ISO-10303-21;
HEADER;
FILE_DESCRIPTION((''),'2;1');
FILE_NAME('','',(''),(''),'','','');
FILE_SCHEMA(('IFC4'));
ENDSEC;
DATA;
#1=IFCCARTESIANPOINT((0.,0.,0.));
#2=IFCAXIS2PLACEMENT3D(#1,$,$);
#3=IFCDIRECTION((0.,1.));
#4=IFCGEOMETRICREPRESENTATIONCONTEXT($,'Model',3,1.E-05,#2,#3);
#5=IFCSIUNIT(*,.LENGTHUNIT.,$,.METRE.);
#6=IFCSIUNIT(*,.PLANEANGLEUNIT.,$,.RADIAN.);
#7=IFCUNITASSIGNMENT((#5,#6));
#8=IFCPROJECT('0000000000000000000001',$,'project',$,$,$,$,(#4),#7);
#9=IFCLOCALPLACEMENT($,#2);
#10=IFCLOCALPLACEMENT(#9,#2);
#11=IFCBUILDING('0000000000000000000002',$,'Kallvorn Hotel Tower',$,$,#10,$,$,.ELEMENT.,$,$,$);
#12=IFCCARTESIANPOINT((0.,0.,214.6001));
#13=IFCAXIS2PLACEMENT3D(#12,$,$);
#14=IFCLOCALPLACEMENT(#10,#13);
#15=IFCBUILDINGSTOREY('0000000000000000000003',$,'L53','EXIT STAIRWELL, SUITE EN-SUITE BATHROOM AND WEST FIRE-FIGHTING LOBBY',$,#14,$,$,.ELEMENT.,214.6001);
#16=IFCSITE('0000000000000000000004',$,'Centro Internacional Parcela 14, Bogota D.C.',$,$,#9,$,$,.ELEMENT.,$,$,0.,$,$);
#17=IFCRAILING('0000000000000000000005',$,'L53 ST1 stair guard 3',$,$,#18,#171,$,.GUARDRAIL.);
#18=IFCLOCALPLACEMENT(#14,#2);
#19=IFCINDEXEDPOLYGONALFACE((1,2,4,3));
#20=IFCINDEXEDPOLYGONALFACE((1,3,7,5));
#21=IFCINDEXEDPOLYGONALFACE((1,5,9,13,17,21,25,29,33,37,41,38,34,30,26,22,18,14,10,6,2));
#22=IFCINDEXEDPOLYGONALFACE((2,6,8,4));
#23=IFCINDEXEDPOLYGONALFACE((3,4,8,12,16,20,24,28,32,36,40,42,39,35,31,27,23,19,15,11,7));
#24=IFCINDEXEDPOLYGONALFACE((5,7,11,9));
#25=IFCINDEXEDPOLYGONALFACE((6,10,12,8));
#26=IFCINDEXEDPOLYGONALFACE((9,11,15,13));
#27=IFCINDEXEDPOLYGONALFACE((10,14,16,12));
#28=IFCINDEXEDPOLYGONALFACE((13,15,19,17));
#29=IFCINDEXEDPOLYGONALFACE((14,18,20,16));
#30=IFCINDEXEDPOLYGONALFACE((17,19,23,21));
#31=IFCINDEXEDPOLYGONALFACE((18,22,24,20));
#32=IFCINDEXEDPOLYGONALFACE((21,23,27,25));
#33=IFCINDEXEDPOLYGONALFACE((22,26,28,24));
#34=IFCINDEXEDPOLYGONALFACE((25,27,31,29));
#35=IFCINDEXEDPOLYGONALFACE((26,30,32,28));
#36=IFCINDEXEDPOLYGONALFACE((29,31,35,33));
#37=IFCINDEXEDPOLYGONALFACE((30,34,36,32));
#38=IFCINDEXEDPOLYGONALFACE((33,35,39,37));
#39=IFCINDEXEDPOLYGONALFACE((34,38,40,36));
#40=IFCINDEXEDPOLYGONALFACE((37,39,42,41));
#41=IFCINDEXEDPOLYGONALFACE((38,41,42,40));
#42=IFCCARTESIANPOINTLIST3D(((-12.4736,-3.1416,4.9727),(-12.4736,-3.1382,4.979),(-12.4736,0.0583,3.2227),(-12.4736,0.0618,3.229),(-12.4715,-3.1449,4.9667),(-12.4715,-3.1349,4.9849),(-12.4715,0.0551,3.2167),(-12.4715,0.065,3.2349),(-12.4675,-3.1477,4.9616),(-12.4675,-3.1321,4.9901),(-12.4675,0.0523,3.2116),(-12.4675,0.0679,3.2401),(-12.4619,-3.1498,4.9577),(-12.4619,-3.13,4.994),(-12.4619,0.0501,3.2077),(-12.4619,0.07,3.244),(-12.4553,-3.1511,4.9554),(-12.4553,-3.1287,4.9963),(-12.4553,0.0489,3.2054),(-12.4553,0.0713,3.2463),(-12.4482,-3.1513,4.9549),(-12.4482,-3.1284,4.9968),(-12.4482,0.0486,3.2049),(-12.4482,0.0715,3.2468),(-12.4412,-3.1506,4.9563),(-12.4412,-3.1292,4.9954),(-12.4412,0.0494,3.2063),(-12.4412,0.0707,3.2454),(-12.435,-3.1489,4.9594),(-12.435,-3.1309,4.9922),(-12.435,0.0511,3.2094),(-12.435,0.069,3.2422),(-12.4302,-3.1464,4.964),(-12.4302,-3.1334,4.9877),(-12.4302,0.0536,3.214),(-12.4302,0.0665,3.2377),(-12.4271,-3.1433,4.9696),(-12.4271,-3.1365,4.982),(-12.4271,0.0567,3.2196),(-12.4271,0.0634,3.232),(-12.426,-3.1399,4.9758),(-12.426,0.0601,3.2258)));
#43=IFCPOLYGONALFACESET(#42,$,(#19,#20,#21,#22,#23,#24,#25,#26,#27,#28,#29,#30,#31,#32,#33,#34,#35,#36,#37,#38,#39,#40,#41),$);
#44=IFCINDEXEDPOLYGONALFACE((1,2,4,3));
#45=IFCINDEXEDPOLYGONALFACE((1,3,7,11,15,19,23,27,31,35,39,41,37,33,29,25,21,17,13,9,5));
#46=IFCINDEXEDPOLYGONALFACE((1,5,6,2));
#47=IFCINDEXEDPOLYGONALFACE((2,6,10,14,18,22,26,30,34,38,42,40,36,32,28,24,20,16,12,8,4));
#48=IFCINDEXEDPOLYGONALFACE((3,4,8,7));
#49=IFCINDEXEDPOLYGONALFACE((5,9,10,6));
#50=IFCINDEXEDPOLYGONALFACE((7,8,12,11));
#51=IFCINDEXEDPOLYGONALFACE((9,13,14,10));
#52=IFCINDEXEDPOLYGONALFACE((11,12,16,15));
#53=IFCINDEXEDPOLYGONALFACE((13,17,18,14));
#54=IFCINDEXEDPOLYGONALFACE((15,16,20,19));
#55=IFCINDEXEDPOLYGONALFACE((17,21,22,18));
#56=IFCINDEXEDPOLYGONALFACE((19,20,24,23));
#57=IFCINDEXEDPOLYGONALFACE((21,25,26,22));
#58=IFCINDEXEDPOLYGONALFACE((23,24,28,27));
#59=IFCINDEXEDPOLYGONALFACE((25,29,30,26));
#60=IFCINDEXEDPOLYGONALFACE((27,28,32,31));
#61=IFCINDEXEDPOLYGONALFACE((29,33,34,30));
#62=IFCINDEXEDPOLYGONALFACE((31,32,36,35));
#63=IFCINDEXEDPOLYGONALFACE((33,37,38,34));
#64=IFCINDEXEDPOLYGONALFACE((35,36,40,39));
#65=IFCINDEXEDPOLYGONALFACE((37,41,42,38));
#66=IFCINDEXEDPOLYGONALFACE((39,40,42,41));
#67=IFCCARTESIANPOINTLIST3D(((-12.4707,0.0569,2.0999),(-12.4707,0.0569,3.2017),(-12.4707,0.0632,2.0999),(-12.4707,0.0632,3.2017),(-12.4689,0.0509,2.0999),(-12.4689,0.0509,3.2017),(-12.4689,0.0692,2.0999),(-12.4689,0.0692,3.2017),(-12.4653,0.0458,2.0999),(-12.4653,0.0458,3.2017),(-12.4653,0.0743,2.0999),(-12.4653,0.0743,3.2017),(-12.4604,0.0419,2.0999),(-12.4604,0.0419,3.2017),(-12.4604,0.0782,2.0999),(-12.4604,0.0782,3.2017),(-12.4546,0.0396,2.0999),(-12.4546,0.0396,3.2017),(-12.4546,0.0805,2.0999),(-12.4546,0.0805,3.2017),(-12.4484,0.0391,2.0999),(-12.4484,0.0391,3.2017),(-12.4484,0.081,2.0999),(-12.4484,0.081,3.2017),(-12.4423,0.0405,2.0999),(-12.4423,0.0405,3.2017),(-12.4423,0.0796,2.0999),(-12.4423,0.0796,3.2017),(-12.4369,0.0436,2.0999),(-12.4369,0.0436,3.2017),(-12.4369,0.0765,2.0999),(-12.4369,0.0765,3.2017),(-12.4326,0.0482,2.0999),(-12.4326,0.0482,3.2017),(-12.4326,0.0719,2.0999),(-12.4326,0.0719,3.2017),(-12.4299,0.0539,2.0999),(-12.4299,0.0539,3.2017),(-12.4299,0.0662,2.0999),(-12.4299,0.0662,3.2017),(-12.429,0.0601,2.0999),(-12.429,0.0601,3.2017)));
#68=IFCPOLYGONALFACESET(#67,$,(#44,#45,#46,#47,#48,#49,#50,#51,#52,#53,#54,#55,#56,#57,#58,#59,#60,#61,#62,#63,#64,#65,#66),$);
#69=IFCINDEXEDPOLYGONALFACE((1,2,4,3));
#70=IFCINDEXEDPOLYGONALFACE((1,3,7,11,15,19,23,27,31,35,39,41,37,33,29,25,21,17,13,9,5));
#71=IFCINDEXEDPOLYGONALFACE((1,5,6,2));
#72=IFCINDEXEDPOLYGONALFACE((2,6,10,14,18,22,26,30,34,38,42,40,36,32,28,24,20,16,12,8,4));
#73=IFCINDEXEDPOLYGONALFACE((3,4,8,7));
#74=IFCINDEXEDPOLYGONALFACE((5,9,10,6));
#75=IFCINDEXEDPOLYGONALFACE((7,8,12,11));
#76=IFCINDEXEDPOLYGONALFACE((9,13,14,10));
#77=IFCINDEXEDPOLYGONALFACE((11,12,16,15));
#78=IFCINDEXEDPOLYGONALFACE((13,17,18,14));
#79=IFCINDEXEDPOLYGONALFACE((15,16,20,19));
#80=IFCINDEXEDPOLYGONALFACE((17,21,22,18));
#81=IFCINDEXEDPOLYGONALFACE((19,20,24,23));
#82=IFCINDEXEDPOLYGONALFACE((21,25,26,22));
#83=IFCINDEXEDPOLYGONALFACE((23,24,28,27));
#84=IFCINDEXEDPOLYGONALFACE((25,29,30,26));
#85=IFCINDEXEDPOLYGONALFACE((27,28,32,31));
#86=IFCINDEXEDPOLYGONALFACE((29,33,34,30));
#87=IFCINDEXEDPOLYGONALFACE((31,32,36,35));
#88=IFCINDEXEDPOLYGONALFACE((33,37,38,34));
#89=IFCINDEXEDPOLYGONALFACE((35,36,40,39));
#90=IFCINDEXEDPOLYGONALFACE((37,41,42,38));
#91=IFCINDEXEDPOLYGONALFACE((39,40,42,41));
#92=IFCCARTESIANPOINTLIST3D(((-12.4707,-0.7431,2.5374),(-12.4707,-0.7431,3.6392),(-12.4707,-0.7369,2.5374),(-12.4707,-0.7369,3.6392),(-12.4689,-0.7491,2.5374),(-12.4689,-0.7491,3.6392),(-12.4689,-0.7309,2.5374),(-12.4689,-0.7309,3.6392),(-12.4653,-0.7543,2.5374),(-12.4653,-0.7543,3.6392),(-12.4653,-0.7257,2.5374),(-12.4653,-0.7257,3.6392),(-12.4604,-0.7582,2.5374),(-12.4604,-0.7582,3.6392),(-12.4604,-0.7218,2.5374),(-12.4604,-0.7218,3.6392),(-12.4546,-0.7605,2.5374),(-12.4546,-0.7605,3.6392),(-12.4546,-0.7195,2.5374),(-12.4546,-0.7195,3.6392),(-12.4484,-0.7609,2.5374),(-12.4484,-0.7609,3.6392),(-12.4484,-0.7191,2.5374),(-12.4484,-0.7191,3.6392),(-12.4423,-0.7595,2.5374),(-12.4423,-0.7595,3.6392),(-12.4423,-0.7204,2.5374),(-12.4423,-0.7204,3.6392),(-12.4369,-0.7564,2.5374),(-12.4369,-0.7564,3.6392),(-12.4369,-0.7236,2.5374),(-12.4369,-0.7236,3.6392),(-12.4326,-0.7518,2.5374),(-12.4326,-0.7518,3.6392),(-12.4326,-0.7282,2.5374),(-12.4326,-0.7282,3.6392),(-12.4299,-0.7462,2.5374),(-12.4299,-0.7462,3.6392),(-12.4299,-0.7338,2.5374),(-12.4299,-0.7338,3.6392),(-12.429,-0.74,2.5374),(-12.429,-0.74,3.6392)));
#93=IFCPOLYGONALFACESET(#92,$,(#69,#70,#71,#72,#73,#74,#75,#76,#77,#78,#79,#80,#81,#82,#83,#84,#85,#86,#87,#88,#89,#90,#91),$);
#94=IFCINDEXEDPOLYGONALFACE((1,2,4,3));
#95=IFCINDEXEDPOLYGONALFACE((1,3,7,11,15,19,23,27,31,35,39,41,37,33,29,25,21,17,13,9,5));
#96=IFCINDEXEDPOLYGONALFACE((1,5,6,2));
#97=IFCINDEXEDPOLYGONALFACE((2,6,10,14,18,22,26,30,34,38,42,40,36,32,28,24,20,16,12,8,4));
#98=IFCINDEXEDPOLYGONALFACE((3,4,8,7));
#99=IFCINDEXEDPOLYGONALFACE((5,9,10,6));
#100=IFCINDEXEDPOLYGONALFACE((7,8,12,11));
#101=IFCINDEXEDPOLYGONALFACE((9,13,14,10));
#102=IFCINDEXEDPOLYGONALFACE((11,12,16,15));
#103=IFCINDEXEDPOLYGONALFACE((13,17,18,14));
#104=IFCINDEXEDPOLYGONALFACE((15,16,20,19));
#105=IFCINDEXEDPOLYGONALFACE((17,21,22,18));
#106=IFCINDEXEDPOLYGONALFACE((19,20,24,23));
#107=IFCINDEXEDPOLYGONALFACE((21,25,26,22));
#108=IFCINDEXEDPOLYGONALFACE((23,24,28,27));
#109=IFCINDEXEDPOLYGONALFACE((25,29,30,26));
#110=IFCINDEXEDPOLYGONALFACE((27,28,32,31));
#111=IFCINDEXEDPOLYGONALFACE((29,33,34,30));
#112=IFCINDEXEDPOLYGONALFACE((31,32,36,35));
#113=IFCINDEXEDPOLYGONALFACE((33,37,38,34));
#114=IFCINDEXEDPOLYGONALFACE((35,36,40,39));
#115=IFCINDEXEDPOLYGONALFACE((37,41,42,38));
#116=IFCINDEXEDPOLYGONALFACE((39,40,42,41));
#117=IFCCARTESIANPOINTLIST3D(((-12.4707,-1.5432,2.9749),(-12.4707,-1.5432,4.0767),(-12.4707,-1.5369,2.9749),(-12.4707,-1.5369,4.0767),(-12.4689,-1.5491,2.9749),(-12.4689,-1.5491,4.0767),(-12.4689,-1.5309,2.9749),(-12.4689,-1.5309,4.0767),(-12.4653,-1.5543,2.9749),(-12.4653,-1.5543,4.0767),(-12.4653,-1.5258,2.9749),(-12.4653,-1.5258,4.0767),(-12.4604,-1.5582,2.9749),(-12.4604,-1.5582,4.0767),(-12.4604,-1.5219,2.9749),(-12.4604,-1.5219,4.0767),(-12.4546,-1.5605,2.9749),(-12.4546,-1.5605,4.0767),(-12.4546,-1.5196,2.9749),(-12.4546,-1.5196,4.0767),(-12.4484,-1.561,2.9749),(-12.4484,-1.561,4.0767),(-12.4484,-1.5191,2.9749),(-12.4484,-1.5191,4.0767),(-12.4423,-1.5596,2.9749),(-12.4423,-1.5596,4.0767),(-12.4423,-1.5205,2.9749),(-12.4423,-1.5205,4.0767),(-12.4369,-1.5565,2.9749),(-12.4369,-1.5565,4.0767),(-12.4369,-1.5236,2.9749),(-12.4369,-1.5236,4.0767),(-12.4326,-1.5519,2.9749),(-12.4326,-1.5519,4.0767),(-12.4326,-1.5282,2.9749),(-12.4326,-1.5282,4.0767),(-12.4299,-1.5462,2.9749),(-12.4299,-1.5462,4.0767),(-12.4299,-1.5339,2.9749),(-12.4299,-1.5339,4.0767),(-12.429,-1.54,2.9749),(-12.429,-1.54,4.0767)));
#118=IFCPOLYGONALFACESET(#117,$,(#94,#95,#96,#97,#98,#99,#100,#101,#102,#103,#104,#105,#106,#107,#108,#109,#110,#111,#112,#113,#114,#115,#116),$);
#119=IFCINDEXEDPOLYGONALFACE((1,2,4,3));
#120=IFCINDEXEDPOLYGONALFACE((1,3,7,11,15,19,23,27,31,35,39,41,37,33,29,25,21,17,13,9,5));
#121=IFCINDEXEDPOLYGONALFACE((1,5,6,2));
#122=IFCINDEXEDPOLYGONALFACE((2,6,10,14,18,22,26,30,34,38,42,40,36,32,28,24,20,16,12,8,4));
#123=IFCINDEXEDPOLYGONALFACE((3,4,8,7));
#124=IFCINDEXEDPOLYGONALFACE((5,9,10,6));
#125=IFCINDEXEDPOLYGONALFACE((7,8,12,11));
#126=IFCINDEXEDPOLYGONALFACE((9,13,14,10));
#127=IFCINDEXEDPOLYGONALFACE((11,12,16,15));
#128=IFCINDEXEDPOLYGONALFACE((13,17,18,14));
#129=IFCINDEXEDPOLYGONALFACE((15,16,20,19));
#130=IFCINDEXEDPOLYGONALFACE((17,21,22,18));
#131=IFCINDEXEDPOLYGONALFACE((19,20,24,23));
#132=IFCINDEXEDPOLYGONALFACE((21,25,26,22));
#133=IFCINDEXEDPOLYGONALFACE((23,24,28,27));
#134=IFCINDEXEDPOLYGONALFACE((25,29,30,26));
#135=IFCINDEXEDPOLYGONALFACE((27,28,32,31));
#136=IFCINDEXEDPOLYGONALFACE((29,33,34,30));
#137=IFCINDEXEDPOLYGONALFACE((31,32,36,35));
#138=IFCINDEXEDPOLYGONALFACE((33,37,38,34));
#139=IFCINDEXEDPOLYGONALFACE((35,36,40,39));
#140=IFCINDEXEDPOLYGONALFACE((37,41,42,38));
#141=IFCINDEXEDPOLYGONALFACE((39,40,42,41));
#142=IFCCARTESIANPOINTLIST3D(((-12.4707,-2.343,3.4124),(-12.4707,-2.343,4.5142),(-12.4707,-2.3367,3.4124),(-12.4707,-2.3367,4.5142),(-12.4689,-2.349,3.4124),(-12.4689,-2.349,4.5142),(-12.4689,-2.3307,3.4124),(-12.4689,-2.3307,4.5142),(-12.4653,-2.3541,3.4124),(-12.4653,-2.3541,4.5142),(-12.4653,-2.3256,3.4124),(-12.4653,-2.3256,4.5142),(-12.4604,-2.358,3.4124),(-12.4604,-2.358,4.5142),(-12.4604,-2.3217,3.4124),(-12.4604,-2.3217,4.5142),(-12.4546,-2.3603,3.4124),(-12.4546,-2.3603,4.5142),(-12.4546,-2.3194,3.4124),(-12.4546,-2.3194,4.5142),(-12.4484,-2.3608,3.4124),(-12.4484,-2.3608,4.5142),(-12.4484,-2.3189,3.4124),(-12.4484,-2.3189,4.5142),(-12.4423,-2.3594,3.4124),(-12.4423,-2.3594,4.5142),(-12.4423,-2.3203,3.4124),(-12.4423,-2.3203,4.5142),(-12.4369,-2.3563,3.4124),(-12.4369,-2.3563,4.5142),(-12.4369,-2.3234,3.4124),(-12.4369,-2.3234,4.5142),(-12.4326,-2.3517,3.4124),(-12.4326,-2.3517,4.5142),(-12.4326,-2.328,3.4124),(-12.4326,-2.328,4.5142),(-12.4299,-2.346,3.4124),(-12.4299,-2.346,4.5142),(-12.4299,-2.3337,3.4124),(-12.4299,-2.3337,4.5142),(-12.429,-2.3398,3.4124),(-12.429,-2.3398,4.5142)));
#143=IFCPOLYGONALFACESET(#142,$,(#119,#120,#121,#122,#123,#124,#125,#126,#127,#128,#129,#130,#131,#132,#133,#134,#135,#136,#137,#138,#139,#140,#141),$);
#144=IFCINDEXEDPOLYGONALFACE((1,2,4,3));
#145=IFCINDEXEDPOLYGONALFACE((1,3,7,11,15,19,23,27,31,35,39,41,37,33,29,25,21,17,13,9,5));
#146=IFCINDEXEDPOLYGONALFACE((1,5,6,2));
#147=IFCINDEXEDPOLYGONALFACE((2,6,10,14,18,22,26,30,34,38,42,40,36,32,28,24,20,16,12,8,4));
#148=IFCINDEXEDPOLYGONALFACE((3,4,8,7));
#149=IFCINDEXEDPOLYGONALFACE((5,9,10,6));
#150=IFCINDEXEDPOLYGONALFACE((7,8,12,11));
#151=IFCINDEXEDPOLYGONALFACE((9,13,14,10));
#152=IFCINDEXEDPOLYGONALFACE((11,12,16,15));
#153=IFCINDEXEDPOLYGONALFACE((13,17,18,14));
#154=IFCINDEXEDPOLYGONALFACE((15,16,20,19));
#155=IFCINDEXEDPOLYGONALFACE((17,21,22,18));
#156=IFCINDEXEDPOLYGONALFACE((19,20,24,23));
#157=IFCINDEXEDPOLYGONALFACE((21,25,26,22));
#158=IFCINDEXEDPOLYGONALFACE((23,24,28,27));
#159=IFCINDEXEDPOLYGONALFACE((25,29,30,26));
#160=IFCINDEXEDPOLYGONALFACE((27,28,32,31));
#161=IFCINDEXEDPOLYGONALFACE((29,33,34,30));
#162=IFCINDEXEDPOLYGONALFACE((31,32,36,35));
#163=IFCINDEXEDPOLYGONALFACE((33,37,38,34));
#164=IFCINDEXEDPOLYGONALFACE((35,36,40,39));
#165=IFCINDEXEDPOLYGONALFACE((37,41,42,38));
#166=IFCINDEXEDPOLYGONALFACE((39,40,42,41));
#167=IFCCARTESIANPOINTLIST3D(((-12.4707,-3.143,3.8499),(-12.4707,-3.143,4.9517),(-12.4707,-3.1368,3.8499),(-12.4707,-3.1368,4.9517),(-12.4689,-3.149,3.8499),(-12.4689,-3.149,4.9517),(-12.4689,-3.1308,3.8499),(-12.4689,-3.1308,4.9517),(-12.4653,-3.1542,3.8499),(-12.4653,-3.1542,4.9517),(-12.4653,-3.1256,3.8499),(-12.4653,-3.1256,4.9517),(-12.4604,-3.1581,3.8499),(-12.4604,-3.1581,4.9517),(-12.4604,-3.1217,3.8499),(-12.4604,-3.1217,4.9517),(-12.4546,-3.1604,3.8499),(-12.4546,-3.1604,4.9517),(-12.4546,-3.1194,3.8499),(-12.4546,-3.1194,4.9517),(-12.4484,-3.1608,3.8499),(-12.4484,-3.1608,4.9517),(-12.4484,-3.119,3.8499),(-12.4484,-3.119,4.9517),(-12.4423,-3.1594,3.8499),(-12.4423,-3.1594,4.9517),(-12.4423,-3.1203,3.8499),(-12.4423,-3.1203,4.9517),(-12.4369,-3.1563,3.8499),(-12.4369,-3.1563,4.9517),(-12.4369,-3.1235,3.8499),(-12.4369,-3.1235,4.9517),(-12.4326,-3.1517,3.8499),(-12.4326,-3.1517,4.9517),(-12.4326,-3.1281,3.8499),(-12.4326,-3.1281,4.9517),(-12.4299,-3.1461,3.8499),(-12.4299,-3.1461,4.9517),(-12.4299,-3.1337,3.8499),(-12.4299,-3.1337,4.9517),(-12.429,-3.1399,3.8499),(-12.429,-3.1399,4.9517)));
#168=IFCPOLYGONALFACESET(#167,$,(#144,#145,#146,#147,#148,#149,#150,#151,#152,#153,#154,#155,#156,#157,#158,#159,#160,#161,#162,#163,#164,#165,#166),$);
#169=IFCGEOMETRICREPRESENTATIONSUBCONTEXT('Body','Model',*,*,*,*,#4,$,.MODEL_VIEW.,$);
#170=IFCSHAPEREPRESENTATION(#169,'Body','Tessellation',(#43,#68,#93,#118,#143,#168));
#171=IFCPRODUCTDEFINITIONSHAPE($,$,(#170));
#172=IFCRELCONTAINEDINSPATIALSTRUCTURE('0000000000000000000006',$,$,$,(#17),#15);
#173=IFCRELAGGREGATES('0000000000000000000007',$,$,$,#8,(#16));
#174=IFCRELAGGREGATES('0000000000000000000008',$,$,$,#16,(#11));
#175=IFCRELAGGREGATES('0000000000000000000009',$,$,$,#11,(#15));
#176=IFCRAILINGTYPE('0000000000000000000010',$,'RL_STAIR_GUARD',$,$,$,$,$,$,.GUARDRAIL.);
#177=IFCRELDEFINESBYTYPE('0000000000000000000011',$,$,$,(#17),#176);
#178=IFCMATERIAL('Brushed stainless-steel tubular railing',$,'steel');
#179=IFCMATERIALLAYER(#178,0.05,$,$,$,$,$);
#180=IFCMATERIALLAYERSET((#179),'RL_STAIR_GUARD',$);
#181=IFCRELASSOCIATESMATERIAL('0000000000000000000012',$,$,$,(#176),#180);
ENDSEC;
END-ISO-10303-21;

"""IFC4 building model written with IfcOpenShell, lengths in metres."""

from ifc_helpers import new_model, si_unit, direction, frame, origin, origin_2d, place, context, subcontext, project, spatial, circle, extrude, material, layer, layer_set, type_object, element, save


model = new_model("IFC4")

# Units and contexts
model_context = context("Model", 3, precision=1e-05, world=origin(), true_north=direction((0.0, 1.0)))
body_context = subcontext(model_context, "Body", "Model", "MODEL_VIEW")
ifc_project = project(units=[si_unit("LENGTHUNIT", "METRE"), si_unit("PLANEANGLEUNIT", "RADIAN")], contexts=[model_context])

# Site, building, storey
site_placement = place(None, origin())
site = spatial("IfcSite", under=ifc_project, at=site_placement, Name="Centro Internacional Parcela 14, Bogota D.C.", CompositionType="ELEMENT", RefElevation=0.0)
building_placement = place(site_placement, origin())
building = spatial("IfcBuilding", under=site, at=building_placement, Name="Kallvorn Hotel Tower", CompositionType="ELEMENT")
storey_placement = place(building_placement, frame((0.0, 0.0, 214.6001)))
storey = spatial("IfcBuildingStorey", under=building, at=storey_placement, Name="L53", Description="EXIT STAIRWELL, SUITE EN-SUITE BATHROOM AND WEST FIRE-FIGHTING LOBBY", CompositionType="ELEMENT", Elevation=214.6001)

# Railing
ifc_material_1 = material(Name="Brushed stainless-steel tubular railing", Category="steel")
ifc_layer_1 = layer(ifc_material_1, 0.05)
ifc_layer_set_1 = layer_set([ifc_layer_1], Name="RL_STAIR_GUARD")
railing_type_1 = type_object("IfcRailingType", Name="RL_STAIR_GUARD", PredefinedType="GUARDRAIL", material=ifc_layer_set_1)
railing_1_placement = place(storey_placement, frame((-12.45, 0.0601, 2.0999)))
element("IfcRailing", 1, at=railing_1_placement, inside=storey, type_object=railing_type_1, Name="L53 ST1 stair guard 3", PredefinedType="GUARDRAIL", context=body_context, shape_type="SweptSolid", body=[
    extrude(circle(Radius=0.0239, at=origin_2d()), frame((0.0, 0.0, 1.126), z_axis=(0.0, -0.877368, 0.479818), x_axis=(1.0, 0.0, 0.0)), (0.0, 0.0, 1.0), 3.6472),
    extrude(circle(Radius=0.021, at=origin_2d()), origin(), (0.0, 0.0, 1.0), 1.1018),
    extrude(circle(Radius=0.021, at=origin_2d()), frame((0.0, -0.8, 0.4375)), (0.0, 0.0, 1.0), 1.1018),
    extrude(circle(Radius=0.021, at=origin_2d()), frame((0.0, -1.6001, 0.875)), (0.0, 0.0, 1.0), 1.1018),
    extrude(circle(Radius=0.021, at=origin_2d()), frame((0.0, -2.3999, 1.3125)), (0.0, 0.0, 1.0), 1.1018),
    extrude(circle(Radius=0.021, at=origin_2d()), frame((0.0, -3.2, 1.75)), (0.0, 0.0, 1.0), 1.1018),
])

save(model, "model.ifc")
